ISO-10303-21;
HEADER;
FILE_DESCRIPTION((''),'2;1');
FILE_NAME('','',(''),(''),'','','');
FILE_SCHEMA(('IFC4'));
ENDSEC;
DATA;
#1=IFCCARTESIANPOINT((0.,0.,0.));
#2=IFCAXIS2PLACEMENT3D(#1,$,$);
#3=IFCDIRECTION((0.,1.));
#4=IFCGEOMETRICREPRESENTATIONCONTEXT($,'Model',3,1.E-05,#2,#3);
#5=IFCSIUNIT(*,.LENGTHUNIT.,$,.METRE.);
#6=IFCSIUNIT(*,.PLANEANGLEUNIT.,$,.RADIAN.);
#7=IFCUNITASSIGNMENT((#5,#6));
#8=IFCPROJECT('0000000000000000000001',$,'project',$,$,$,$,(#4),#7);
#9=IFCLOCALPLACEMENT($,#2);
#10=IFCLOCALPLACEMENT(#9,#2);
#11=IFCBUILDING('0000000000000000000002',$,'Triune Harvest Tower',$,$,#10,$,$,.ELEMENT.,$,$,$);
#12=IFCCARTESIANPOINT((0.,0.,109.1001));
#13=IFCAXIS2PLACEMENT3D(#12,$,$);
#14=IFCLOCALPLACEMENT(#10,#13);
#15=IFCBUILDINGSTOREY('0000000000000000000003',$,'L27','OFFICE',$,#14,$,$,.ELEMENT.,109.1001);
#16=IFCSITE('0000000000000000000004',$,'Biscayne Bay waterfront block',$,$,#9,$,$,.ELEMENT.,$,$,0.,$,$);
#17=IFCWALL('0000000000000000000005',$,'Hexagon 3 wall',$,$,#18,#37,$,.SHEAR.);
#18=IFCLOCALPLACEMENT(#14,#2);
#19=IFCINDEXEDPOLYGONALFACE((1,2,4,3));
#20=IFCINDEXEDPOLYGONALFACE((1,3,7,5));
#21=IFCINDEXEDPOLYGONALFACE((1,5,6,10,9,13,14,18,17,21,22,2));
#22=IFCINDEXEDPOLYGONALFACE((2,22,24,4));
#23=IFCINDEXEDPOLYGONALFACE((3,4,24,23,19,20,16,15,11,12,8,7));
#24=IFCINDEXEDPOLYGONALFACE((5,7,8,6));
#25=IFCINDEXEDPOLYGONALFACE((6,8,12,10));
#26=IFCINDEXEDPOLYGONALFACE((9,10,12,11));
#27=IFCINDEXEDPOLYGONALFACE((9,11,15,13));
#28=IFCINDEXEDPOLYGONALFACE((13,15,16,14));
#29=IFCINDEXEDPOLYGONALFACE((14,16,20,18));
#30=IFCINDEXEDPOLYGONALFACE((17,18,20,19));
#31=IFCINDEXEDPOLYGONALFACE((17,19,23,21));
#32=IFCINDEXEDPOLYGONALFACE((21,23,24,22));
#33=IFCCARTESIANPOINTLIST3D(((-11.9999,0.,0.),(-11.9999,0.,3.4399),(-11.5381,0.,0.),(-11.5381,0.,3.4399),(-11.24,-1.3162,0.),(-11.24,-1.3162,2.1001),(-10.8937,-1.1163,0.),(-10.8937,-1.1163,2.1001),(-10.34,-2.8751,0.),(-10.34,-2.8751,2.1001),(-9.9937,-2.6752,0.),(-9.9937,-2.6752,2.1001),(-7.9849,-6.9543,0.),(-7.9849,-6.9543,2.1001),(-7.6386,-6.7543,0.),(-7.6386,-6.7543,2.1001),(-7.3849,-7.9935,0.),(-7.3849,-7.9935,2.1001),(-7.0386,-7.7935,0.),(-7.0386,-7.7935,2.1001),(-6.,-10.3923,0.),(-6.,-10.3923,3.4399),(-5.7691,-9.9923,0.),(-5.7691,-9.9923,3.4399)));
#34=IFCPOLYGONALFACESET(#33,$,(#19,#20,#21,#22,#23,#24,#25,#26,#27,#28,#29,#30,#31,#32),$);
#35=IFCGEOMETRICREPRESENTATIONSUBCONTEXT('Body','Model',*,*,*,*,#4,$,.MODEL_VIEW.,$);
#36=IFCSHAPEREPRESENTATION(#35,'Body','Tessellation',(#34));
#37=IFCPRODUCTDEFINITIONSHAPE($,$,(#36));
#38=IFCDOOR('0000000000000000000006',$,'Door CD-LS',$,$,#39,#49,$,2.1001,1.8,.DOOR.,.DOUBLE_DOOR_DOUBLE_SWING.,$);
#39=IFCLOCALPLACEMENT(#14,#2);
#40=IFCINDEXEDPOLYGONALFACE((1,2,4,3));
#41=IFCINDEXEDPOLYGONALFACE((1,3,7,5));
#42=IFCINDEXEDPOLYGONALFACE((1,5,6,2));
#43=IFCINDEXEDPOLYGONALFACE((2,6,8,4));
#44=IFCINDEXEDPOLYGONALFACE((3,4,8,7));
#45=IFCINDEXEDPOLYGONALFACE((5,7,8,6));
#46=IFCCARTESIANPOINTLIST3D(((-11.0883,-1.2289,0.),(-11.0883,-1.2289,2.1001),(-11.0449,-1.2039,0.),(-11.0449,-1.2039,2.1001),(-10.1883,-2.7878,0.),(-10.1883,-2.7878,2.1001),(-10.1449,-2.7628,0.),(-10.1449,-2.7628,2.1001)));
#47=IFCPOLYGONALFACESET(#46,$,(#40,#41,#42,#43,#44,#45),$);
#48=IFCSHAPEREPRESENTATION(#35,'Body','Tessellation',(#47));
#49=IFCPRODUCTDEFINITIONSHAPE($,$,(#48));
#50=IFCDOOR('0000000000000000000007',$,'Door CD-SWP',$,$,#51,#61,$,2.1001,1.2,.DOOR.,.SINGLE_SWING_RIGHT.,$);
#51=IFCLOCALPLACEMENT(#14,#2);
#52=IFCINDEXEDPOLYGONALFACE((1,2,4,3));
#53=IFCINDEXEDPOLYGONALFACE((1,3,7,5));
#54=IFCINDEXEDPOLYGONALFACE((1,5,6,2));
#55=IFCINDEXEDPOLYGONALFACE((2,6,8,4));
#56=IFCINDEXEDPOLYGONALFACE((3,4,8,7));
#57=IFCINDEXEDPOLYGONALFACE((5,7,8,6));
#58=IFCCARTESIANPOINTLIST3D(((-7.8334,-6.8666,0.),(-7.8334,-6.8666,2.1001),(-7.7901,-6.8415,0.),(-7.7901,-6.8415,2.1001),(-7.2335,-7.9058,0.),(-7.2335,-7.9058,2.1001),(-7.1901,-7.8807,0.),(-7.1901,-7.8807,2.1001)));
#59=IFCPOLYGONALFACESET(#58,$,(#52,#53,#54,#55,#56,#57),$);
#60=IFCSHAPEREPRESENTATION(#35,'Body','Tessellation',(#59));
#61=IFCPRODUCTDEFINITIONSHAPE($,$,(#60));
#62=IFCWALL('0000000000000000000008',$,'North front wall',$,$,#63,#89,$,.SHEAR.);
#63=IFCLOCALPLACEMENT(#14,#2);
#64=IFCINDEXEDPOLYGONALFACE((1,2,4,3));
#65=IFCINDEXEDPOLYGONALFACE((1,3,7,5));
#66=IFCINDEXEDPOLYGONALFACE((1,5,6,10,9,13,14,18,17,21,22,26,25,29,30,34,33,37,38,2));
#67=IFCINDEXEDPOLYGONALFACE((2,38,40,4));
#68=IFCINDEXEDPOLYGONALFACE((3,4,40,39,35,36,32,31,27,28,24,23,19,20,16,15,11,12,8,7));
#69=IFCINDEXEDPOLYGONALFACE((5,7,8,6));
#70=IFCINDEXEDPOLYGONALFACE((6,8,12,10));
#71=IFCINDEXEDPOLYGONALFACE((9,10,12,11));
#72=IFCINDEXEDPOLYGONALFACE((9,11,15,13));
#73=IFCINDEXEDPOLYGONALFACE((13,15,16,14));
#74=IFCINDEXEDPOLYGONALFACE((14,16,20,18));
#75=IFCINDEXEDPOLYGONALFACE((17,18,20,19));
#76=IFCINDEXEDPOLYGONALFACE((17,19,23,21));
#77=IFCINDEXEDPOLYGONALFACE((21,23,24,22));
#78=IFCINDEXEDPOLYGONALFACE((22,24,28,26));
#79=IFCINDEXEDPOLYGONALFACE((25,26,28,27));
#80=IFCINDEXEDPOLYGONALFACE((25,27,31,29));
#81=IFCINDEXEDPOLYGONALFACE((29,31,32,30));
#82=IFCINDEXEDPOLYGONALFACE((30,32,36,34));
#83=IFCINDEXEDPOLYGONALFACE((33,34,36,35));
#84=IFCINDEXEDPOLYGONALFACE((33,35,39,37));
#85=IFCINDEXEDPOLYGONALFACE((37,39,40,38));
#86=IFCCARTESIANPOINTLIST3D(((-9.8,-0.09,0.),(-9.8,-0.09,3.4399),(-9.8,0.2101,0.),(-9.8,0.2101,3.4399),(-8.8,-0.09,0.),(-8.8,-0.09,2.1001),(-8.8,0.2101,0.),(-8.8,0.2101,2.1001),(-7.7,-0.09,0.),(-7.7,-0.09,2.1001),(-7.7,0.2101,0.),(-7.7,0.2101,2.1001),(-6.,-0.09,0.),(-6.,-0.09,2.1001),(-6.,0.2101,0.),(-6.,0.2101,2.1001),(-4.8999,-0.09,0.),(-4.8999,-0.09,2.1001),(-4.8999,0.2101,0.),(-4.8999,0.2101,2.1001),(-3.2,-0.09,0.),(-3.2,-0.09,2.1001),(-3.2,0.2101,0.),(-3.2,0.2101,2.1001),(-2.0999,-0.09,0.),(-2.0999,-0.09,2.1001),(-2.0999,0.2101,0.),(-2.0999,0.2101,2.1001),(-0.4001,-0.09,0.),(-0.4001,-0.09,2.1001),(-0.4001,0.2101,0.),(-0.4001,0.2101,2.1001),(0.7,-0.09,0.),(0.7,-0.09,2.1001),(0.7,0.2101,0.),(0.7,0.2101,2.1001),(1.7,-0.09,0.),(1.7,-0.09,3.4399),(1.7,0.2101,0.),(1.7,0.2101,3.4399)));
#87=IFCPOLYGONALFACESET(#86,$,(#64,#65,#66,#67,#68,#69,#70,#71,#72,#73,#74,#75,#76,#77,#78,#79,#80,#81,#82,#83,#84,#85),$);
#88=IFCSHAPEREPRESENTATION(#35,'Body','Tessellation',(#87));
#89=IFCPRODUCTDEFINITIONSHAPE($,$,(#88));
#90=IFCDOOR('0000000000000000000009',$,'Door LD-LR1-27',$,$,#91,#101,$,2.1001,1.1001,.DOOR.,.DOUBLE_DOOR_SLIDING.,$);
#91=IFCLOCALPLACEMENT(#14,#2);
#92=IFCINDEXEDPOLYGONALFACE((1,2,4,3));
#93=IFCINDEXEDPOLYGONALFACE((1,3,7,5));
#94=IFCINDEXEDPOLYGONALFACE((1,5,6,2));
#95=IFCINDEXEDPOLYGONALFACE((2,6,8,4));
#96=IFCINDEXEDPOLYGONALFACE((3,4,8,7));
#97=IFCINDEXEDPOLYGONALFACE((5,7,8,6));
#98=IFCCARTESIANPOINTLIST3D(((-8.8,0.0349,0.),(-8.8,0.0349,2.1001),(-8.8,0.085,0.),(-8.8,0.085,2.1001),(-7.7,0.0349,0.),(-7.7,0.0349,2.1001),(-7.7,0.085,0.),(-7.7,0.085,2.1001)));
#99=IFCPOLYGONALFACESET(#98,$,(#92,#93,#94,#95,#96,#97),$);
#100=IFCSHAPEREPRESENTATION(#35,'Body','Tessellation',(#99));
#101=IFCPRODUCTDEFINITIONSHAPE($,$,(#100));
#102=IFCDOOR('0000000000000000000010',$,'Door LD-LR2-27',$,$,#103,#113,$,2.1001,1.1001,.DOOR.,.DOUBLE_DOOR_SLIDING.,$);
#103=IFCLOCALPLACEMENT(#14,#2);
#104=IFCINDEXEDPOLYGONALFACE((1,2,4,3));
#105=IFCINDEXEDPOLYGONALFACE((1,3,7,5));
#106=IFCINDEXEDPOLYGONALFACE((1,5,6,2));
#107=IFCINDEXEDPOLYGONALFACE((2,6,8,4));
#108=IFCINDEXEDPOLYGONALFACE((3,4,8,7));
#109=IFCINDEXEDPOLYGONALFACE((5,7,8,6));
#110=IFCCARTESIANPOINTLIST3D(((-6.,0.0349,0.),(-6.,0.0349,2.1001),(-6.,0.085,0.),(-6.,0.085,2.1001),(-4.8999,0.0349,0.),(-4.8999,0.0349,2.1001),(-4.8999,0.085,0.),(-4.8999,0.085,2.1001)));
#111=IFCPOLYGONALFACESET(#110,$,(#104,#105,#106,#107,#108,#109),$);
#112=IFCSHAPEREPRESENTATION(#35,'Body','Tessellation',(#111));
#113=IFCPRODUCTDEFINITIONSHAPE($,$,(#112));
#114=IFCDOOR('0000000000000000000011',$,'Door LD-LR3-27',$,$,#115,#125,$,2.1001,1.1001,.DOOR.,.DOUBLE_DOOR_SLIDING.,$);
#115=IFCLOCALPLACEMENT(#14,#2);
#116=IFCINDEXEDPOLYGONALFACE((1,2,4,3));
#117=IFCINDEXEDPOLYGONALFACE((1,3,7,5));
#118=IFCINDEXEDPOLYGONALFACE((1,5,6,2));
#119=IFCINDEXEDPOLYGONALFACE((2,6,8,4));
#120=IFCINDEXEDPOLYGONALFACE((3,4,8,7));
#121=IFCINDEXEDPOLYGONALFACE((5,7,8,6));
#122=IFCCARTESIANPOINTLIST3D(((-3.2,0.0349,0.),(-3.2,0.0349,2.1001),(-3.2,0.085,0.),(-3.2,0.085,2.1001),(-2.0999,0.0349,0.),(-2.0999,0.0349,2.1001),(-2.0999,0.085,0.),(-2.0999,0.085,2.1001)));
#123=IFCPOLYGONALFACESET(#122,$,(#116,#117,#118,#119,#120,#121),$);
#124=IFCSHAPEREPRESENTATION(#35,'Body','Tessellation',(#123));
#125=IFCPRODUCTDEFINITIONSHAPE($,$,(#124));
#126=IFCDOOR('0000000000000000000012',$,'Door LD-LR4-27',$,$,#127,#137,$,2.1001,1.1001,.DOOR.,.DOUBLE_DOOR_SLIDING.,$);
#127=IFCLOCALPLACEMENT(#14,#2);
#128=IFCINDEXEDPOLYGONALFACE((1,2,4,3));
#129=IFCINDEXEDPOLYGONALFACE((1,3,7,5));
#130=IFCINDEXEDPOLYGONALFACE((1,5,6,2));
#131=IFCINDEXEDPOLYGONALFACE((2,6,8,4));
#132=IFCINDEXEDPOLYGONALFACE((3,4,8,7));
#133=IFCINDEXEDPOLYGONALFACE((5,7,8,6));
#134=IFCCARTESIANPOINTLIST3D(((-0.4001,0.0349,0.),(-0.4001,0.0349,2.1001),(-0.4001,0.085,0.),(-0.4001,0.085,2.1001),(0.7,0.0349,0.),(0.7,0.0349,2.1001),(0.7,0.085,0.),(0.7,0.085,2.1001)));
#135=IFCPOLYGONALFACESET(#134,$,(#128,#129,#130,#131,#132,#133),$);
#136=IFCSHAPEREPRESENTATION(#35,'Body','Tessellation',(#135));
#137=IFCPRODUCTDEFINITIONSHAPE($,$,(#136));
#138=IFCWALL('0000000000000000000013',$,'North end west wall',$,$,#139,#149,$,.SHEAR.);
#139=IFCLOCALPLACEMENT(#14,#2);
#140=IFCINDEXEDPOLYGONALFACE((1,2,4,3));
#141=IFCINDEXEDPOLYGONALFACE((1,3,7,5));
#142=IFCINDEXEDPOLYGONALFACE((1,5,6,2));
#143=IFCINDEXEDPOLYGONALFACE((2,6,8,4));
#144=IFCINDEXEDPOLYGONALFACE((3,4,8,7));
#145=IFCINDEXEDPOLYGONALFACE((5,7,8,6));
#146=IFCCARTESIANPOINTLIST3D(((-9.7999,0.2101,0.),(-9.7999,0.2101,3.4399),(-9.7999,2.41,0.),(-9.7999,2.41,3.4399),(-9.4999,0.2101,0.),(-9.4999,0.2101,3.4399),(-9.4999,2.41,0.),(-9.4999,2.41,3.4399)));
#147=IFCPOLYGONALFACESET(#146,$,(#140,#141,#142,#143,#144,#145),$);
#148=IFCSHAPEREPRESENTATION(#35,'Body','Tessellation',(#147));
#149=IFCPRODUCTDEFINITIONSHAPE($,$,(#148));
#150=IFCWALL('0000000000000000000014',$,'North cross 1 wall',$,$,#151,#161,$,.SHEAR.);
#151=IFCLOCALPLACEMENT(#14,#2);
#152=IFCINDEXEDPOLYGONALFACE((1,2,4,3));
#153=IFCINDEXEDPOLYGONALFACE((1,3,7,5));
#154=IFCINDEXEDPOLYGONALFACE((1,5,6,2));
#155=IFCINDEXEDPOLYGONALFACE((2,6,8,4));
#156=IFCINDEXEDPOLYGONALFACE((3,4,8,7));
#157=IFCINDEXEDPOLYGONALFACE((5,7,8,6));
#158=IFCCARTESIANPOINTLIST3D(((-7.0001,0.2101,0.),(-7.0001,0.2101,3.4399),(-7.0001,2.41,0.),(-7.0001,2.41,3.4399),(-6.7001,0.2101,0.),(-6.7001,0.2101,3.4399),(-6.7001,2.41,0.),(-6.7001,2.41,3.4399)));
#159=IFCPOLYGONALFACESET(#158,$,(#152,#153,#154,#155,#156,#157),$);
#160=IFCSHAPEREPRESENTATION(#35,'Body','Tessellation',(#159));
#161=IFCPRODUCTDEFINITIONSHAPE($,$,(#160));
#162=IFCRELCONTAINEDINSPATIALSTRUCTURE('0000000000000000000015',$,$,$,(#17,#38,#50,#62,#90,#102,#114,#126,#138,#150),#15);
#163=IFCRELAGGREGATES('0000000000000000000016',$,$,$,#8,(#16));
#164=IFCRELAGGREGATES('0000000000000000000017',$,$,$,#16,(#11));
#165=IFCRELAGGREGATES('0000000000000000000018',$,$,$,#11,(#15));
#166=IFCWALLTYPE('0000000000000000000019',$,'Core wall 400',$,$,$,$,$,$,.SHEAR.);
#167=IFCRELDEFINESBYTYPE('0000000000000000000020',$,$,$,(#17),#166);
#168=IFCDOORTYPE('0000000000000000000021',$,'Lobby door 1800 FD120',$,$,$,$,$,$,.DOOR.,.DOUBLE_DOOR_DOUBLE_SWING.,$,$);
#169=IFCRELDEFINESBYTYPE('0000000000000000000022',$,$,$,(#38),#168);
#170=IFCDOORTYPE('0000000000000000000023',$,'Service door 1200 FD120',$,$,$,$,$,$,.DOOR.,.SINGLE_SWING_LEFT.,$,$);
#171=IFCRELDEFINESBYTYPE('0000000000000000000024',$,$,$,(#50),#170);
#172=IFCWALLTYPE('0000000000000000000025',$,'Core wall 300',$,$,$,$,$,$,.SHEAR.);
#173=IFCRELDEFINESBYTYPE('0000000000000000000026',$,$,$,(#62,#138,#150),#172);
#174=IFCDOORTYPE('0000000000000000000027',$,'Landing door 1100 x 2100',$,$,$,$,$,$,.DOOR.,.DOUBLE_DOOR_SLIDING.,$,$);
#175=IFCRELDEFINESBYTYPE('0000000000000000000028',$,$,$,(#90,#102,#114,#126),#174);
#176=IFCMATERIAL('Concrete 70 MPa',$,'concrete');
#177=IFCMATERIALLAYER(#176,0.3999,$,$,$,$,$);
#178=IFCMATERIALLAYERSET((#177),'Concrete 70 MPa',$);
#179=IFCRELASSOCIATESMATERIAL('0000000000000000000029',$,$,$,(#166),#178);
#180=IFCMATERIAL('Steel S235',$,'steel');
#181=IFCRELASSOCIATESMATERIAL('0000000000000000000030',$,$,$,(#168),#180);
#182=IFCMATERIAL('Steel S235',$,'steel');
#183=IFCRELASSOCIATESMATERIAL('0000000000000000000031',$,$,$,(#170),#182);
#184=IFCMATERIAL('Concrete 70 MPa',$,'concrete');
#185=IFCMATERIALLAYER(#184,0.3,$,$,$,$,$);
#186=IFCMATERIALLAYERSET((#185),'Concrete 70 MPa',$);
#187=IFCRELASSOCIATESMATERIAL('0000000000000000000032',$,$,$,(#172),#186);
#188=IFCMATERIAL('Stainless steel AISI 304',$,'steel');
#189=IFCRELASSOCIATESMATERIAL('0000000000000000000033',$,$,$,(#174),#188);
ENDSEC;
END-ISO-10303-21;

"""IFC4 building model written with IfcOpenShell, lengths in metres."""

from ifc_helpers import new_model, si_unit, direction, frame, frame_2d, origin, place, context, subcontext, project, spatial, polyline, rectangle, outline, extrude, source, transform, mapped, material, layer, layer_set, type_object, element, fill, save


model = new_model("IFC4")

# Units and contexts
model_context = context("Model", 3, precision=1e-05, world=origin(), true_north=direction((0.0, 1.0)))
body_context = subcontext(model_context, "Body", "Model", "MODEL_VIEW")
ifc_project = project(units=[si_unit("LENGTHUNIT", "METRE"), si_unit("PLANEANGLEUNIT", "RADIAN")], contexts=[model_context])

# Site, building, storey
site_placement = place(None, origin())
site = spatial("IfcSite", under=ifc_project, at=site_placement, Name="Biscayne Bay waterfront block", CompositionType="ELEMENT", RefElevation=0.0)
building_placement = place(site_placement, origin())
building = spatial("IfcBuilding", under=site, at=building_placement, Name="Triune Harvest Tower", CompositionType="ELEMENT")
storey_placement = place(building_placement, frame((0.0, 0.0, 109.1001)))
storey = spatial("IfcBuildingStorey", under=building, at=storey_placement, Name="L27", Description="OFFICE", CompositionType="ELEMENT", Elevation=109.1001)

# Walls, openings, doors
ifc_material_1 = material(Name="Concrete 70 MPa", Category="concrete")
ifc_layer_1 = layer(ifc_material_1, 0.3999)
ifc_layer_set_1 = layer_set([ifc_layer_1], Name="Concrete 70 MPa")
wall_type_1 = type_object("IfcWallType", Name="Core wall 400", PredefinedType="SHEAR", material=ifc_layer_set_1)
shared_shape_1 = source(origin(), body_context, "Body", "SweptSolid", [
    extrude(outline(polyline([(-0.1155, -0.2), (11.8845, -0.2), (11.6536, 0.2), (0.1155, 0.2), (-0.1155, -0.2)])), origin(), (0.0, 0.0, 1.0), 3.4399),
])
wall_1_placement = place(storey_placement, frame((-11.769, 0.0, 0.0), z_axis=(0.0, 0.0, 1.0), x_axis=(0.499997, -0.866027, 0.0)))
wall_1 = element("IfcWall", 1, at=wall_1_placement, inside=storey, type_object=wall_type_1, Name="Hexagon 3 wall", PredefinedType="SHEAR", context=body_context, shape_type="MappedRepresentation", body=[
    mapped(shared_shape_1, transform((0.0, 0.0, 0.0), scale=1.0)),
])
opening_1_placement = place(wall_1_placement, frame((1.4045, 0.0, 0.0)))
opening_1 = element("IfcOpeningElement", 2, at=opening_1_placement, cuts=wall_1, PredefinedType="OPENING", context=body_context, shape_type="SweptSolid", body=[
    extrude(rectangle(XDim=1.8, YDim=2.1001, at=frame_2d((0.8999, 1.05))), frame((0.0, 0.21, 0.0), z_axis=(0.0, -1.0, 0.0), x_axis=(1.0, 0.0, 0.0)), (0.0, 0.0, 1.0), 0.4199),
])
opening_2_placement = place(wall_1_placement, frame((7.9146, 0.0, 0.0)))
opening_2 = element("IfcOpeningElement", 3, at=opening_2_placement, cuts=wall_1, PredefinedType="OPENING", context=body_context, shape_type="SweptSolid", body=[
    extrude(rectangle(XDim=1.2, YDim=2.1001, at=frame_2d((0.6001, 1.05))), frame((0.0, 0.21, 0.0), z_axis=(0.0, -1.0, 0.0), x_axis=(1.0, 0.0, 0.0)), (0.0, 0.0, 1.0), 0.4199),
])
ifc_material_2 = material(Name="Steel S235", Category="steel")
door_type_1 = type_object("IfcDoorType", Name="Lobby door 1800 FD120", OperationType="DOUBLE_DOOR_DOUBLE_SWING", PredefinedType="DOOR", material=ifc_material_2)
door_1_placement = place(opening_1_placement, frame((1.8, 0.0, 0.0), z_axis=(0.0, 0.0, 1.0), x_axis=(-1.0, 0.0, 0.0)))
door_1 = element("IfcDoor", 4, at=door_1_placement, inside=storey, type_object=door_type_1, Name="Door CD-LS", OperationType="DOUBLE_DOOR_DOUBLE_SWING", OverallHeight=2.1001, OverallWidth=1.8, PredefinedType="DOOR", context=body_context, shape_type="SweptSolid", body=[
    extrude(rectangle(XDim=1.8, YDim=2.1001, at=frame_2d((0.8999, 1.05))), frame((0.0, 0.0249, 0.0), z_axis=(0.0, -1.0, 0.0), x_axis=(1.0, 0.0, 0.0)), (0.0, 0.0, 1.0), 0.05),
])
fill(opening_1, door_1)
ifc_material_3 = material(Name="Steel S235", Category="steel")
door_type_2 = type_object("IfcDoorType", Name="Service door 1200 FD120", OperationType="SINGLE_SWING_LEFT", PredefinedType="DOOR", material=ifc_material_3)
door_2_placement = place(opening_2_placement, frame((1.2, 0.0, 0.0), z_axis=(0.0, 0.0, 1.0), x_axis=(-1.0, 0.0, 0.0)))
door_2 = element("IfcDoor", 5, at=door_2_placement, inside=storey, type_object=door_type_2, Name="Door CD-SWP", OperationType="SINGLE_SWING_RIGHT", OverallHeight=2.1001, OverallWidth=1.2, PredefinedType="DOOR", context=body_context, shape_type="SweptSolid", body=[
    extrude(rectangle(XDim=1.2, YDim=2.1001, at=frame_2d((0.6001, 1.05))), frame((0.0, 0.0249, 0.0), z_axis=(0.0, -1.0, 0.0), x_axis=(1.0, 0.0, 0.0)), (0.0, 0.0, 1.0), 0.05),
])
fill(opening_2, door_2)
ifc_material_4 = material(Name="Concrete 70 MPa", Category="concrete")
ifc_layer_2 = layer(ifc_material_4, 0.3)
ifc_layer_set_2 = layer_set([ifc_layer_2], Name="Concrete 70 MPa")
wall_type_2 = type_object("IfcWallType", Name="Core wall 300", PredefinedType="SHEAR", material=ifc_layer_set_2)
shared_shape_2 = source(origin(), body_context, "Body", "SweptSolid", [
    extrude(rectangle(XDim=11.5, YDim=0.3, at=frame_2d((5.75, 0.0))), origin(), (0.0, 0.0, 1.0), 3.4399),
])
wall_2_placement = place(storey_placement, frame((-9.8, 0.0601, 0.0), z_axis=(0.0, 0.0, 1.0), x_axis=(1.0, 0.0, 0.0)))
wall_2 = element("IfcWall", 6, at=wall_2_placement, inside=storey, type_object=wall_type_2, Name="North front wall", PredefinedType="SHEAR", context=body_context, shape_type="MappedRepresentation", body=[
    mapped(shared_shape_2, transform((0.0, 0.0, 0.0), scale=1.0)),
])
opening_3_placement = place(wall_2_placement, frame((1.0, 0.0, 0.0)))
opening_3 = element("IfcOpeningElement", 7, at=opening_3_placement, cuts=wall_2, PredefinedType="OPENING", context=body_context, shape_type="SweptSolid", body=[
    extrude(rectangle(XDim=1.1001, YDim=2.1001, at=frame_2d((0.55, 1.05))), frame((0.0, 0.1602, 0.0), z_axis=(0.0, -1.0, 0.0), x_axis=(1.0, 0.0, 0.0)), (0.0, 0.0, 1.0), 0.3201),
])
opening_4_placement = place(wall_2_placement, frame((3.8, 0.0, 0.0)))
opening_4 = element("IfcOpeningElement", 8, at=opening_4_placement, cuts=wall_2, PredefinedType="OPENING", context=body_context, shape_type="SweptSolid", body=[
    extrude(rectangle(XDim=1.1001, YDim=2.1001, at=frame_2d((0.55, 1.05))), frame((0.0, 0.1602, 0.0), z_axis=(0.0, -1.0, 0.0), x_axis=(1.0, 0.0, 0.0)), (0.0, 0.0, 1.0), 0.3201),
])
opening_5_placement = place(wall_2_placement, frame((6.6001, 0.0, 0.0)))
opening_5 = element("IfcOpeningElement", 9, at=opening_5_placement, cuts=wall_2, PredefinedType="OPENING", context=body_context, shape_type="SweptSolid", body=[
    extrude(rectangle(XDim=1.1001, YDim=2.1001, at=frame_2d((0.55, 1.05))), frame((0.0, 0.1602, 0.0), z_axis=(0.0, -1.0, 0.0), x_axis=(1.0, 0.0, 0.0)), (0.0, 0.0, 1.0), 0.3201),
])
opening_6_placement = place(wall_2_placement, frame((9.3999, 0.0, 0.0)))
opening_6 = element("IfcOpeningElement", 10, at=opening_6_placement, cuts=wall_2, PredefinedType="OPENING", context=body_context, shape_type="SweptSolid", body=[
    extrude(rectangle(XDim=1.1001, YDim=2.1001, at=frame_2d((0.55, 1.05))), frame((0.0, 0.1602, 0.0), z_axis=(0.0, -1.0, 0.0), x_axis=(1.0, 0.0, 0.0)), (0.0, 0.0, 1.0), 0.3201),
])
ifc_material_5 = material(Name="Stainless steel AISI 304", Category="steel")
door_type_3 = type_object("IfcDoorType", Name="Landing door 1100 x 2100", OperationType="DOUBLE_DOOR_SLIDING", PredefinedType="DOOR", material=ifc_material_5)
door_3_placement = place(opening_3_placement, origin())
door_3 = element("IfcDoor", 11, at=door_3_placement, inside=storey, type_object=door_type_3, Name="Door LD-LR1-27", OperationType="DOUBLE_DOOR_SLIDING", OverallHeight=2.1001, OverallWidth=1.1001, PredefinedType="DOOR", context=body_context, shape_type="SweptSolid", body=[
    extrude(rectangle(XDim=1.1001, YDim=2.1001, at=frame_2d((0.55, 1.05))), frame((0.0, 0.0249, 0.0), z_axis=(0.0, -1.0, 0.0), x_axis=(1.0, 0.0, 0.0)), (0.0, 0.0, 1.0), 0.05),
])
fill(opening_3, door_3)
door_4_placement = place(opening_4_placement, origin())
door_4 = element("IfcDoor", 12, at=door_4_placement, inside=storey, type_object=door_type_3, Name="Door LD-LR2-27", OperationType="DOUBLE_DOOR_SLIDING", OverallHeight=2.1001, OverallWidth=1.1001, PredefinedType="DOOR", context=body_context, shape_type="SweptSolid", body=[
    extrude(rectangle(XDim=1.1001, YDim=2.1001, at=frame_2d((0.55, 1.05))), frame((0.0, 0.0249, 0.0), z_axis=(0.0, -1.0, 0.0), x_axis=(1.0, 0.0, 0.0)), (0.0, 0.0, 1.0), 0.05),
])
fill(opening_4, door_4)
door_5_placement = place(opening_5_placement, origin())
door_5 = element("IfcDoor", 13, at=door_5_placement, inside=storey, type_object=door_type_3, Name="Door LD-LR3-27", OperationType="DOUBLE_DOOR_SLIDING", OverallHeight=2.1001, OverallWidth=1.1001, PredefinedType="DOOR", context=body_context, shape_type="SweptSolid", body=[
    extrude(rectangle(XDim=1.1001, YDim=2.1001, at=frame_2d((0.55, 1.05))), frame((0.0, 0.0249, 0.0), z_axis=(0.0, -1.0, 0.0), x_axis=(1.0, 0.0, 0.0)), (0.0, 0.0, 1.0), 0.05),
])
fill(opening_5, door_5)
door_6_placement = place(opening_6_placement, origin())
door_6 = element("IfcDoor", 14, at=door_6_placement, inside=storey, type_object=door_type_3, Name="Door LD-LR4-27", OperationType="DOUBLE_DOOR_SLIDING", OverallHeight=2.1001, OverallWidth=1.1001, PredefinedType="DOOR", context=body_context, shape_type="SweptSolid", body=[
    extrude(rectangle(XDim=1.1001, YDim=2.1001, at=frame_2d((0.55, 1.05))), frame((0.0, 0.0249, 0.0), z_axis=(0.0, -1.0, 0.0), x_axis=(1.0, 0.0, 0.0)), (0.0, 0.0, 1.0), 0.05),
])
fill(opening_6, door_6)

# Walls
shared_shape_3 = source(origin(), body_context, "Body", "SweptSolid", [
    extrude(rectangle(XDim=2.2, YDim=0.3, at=frame_2d((1.1001, 0.0))), origin(), (0.0, 0.0, 1.0), 3.4399),
])
for number, where, z_axis, x_axis, name in (
    (15, (-9.6499, 0.21, 0.0), (0.0, 0.0, 1.0), (0.0, 1.0, 0.0), "North end west wall"),
    (16, (-6.8501, 0.21, 0.0), (0.0, 0.0, 1.0), (0.0, 1.0, 0.0), "North cross 1 wall"),
):
    element("IfcWall", number, at=place(storey_placement, frame(where, z_axis=z_axis, x_axis=x_axis)), inside=storey, type_object=wall_type_2, Name=name, PredefinedType="SHEAR", context=body_context, shape_type="MappedRepresentation", body=[
        mapped(shared_shape_3, transform((0.0, 0.0, 0.0), scale=1.0)),
    ])

save(model, "model.ifc")
